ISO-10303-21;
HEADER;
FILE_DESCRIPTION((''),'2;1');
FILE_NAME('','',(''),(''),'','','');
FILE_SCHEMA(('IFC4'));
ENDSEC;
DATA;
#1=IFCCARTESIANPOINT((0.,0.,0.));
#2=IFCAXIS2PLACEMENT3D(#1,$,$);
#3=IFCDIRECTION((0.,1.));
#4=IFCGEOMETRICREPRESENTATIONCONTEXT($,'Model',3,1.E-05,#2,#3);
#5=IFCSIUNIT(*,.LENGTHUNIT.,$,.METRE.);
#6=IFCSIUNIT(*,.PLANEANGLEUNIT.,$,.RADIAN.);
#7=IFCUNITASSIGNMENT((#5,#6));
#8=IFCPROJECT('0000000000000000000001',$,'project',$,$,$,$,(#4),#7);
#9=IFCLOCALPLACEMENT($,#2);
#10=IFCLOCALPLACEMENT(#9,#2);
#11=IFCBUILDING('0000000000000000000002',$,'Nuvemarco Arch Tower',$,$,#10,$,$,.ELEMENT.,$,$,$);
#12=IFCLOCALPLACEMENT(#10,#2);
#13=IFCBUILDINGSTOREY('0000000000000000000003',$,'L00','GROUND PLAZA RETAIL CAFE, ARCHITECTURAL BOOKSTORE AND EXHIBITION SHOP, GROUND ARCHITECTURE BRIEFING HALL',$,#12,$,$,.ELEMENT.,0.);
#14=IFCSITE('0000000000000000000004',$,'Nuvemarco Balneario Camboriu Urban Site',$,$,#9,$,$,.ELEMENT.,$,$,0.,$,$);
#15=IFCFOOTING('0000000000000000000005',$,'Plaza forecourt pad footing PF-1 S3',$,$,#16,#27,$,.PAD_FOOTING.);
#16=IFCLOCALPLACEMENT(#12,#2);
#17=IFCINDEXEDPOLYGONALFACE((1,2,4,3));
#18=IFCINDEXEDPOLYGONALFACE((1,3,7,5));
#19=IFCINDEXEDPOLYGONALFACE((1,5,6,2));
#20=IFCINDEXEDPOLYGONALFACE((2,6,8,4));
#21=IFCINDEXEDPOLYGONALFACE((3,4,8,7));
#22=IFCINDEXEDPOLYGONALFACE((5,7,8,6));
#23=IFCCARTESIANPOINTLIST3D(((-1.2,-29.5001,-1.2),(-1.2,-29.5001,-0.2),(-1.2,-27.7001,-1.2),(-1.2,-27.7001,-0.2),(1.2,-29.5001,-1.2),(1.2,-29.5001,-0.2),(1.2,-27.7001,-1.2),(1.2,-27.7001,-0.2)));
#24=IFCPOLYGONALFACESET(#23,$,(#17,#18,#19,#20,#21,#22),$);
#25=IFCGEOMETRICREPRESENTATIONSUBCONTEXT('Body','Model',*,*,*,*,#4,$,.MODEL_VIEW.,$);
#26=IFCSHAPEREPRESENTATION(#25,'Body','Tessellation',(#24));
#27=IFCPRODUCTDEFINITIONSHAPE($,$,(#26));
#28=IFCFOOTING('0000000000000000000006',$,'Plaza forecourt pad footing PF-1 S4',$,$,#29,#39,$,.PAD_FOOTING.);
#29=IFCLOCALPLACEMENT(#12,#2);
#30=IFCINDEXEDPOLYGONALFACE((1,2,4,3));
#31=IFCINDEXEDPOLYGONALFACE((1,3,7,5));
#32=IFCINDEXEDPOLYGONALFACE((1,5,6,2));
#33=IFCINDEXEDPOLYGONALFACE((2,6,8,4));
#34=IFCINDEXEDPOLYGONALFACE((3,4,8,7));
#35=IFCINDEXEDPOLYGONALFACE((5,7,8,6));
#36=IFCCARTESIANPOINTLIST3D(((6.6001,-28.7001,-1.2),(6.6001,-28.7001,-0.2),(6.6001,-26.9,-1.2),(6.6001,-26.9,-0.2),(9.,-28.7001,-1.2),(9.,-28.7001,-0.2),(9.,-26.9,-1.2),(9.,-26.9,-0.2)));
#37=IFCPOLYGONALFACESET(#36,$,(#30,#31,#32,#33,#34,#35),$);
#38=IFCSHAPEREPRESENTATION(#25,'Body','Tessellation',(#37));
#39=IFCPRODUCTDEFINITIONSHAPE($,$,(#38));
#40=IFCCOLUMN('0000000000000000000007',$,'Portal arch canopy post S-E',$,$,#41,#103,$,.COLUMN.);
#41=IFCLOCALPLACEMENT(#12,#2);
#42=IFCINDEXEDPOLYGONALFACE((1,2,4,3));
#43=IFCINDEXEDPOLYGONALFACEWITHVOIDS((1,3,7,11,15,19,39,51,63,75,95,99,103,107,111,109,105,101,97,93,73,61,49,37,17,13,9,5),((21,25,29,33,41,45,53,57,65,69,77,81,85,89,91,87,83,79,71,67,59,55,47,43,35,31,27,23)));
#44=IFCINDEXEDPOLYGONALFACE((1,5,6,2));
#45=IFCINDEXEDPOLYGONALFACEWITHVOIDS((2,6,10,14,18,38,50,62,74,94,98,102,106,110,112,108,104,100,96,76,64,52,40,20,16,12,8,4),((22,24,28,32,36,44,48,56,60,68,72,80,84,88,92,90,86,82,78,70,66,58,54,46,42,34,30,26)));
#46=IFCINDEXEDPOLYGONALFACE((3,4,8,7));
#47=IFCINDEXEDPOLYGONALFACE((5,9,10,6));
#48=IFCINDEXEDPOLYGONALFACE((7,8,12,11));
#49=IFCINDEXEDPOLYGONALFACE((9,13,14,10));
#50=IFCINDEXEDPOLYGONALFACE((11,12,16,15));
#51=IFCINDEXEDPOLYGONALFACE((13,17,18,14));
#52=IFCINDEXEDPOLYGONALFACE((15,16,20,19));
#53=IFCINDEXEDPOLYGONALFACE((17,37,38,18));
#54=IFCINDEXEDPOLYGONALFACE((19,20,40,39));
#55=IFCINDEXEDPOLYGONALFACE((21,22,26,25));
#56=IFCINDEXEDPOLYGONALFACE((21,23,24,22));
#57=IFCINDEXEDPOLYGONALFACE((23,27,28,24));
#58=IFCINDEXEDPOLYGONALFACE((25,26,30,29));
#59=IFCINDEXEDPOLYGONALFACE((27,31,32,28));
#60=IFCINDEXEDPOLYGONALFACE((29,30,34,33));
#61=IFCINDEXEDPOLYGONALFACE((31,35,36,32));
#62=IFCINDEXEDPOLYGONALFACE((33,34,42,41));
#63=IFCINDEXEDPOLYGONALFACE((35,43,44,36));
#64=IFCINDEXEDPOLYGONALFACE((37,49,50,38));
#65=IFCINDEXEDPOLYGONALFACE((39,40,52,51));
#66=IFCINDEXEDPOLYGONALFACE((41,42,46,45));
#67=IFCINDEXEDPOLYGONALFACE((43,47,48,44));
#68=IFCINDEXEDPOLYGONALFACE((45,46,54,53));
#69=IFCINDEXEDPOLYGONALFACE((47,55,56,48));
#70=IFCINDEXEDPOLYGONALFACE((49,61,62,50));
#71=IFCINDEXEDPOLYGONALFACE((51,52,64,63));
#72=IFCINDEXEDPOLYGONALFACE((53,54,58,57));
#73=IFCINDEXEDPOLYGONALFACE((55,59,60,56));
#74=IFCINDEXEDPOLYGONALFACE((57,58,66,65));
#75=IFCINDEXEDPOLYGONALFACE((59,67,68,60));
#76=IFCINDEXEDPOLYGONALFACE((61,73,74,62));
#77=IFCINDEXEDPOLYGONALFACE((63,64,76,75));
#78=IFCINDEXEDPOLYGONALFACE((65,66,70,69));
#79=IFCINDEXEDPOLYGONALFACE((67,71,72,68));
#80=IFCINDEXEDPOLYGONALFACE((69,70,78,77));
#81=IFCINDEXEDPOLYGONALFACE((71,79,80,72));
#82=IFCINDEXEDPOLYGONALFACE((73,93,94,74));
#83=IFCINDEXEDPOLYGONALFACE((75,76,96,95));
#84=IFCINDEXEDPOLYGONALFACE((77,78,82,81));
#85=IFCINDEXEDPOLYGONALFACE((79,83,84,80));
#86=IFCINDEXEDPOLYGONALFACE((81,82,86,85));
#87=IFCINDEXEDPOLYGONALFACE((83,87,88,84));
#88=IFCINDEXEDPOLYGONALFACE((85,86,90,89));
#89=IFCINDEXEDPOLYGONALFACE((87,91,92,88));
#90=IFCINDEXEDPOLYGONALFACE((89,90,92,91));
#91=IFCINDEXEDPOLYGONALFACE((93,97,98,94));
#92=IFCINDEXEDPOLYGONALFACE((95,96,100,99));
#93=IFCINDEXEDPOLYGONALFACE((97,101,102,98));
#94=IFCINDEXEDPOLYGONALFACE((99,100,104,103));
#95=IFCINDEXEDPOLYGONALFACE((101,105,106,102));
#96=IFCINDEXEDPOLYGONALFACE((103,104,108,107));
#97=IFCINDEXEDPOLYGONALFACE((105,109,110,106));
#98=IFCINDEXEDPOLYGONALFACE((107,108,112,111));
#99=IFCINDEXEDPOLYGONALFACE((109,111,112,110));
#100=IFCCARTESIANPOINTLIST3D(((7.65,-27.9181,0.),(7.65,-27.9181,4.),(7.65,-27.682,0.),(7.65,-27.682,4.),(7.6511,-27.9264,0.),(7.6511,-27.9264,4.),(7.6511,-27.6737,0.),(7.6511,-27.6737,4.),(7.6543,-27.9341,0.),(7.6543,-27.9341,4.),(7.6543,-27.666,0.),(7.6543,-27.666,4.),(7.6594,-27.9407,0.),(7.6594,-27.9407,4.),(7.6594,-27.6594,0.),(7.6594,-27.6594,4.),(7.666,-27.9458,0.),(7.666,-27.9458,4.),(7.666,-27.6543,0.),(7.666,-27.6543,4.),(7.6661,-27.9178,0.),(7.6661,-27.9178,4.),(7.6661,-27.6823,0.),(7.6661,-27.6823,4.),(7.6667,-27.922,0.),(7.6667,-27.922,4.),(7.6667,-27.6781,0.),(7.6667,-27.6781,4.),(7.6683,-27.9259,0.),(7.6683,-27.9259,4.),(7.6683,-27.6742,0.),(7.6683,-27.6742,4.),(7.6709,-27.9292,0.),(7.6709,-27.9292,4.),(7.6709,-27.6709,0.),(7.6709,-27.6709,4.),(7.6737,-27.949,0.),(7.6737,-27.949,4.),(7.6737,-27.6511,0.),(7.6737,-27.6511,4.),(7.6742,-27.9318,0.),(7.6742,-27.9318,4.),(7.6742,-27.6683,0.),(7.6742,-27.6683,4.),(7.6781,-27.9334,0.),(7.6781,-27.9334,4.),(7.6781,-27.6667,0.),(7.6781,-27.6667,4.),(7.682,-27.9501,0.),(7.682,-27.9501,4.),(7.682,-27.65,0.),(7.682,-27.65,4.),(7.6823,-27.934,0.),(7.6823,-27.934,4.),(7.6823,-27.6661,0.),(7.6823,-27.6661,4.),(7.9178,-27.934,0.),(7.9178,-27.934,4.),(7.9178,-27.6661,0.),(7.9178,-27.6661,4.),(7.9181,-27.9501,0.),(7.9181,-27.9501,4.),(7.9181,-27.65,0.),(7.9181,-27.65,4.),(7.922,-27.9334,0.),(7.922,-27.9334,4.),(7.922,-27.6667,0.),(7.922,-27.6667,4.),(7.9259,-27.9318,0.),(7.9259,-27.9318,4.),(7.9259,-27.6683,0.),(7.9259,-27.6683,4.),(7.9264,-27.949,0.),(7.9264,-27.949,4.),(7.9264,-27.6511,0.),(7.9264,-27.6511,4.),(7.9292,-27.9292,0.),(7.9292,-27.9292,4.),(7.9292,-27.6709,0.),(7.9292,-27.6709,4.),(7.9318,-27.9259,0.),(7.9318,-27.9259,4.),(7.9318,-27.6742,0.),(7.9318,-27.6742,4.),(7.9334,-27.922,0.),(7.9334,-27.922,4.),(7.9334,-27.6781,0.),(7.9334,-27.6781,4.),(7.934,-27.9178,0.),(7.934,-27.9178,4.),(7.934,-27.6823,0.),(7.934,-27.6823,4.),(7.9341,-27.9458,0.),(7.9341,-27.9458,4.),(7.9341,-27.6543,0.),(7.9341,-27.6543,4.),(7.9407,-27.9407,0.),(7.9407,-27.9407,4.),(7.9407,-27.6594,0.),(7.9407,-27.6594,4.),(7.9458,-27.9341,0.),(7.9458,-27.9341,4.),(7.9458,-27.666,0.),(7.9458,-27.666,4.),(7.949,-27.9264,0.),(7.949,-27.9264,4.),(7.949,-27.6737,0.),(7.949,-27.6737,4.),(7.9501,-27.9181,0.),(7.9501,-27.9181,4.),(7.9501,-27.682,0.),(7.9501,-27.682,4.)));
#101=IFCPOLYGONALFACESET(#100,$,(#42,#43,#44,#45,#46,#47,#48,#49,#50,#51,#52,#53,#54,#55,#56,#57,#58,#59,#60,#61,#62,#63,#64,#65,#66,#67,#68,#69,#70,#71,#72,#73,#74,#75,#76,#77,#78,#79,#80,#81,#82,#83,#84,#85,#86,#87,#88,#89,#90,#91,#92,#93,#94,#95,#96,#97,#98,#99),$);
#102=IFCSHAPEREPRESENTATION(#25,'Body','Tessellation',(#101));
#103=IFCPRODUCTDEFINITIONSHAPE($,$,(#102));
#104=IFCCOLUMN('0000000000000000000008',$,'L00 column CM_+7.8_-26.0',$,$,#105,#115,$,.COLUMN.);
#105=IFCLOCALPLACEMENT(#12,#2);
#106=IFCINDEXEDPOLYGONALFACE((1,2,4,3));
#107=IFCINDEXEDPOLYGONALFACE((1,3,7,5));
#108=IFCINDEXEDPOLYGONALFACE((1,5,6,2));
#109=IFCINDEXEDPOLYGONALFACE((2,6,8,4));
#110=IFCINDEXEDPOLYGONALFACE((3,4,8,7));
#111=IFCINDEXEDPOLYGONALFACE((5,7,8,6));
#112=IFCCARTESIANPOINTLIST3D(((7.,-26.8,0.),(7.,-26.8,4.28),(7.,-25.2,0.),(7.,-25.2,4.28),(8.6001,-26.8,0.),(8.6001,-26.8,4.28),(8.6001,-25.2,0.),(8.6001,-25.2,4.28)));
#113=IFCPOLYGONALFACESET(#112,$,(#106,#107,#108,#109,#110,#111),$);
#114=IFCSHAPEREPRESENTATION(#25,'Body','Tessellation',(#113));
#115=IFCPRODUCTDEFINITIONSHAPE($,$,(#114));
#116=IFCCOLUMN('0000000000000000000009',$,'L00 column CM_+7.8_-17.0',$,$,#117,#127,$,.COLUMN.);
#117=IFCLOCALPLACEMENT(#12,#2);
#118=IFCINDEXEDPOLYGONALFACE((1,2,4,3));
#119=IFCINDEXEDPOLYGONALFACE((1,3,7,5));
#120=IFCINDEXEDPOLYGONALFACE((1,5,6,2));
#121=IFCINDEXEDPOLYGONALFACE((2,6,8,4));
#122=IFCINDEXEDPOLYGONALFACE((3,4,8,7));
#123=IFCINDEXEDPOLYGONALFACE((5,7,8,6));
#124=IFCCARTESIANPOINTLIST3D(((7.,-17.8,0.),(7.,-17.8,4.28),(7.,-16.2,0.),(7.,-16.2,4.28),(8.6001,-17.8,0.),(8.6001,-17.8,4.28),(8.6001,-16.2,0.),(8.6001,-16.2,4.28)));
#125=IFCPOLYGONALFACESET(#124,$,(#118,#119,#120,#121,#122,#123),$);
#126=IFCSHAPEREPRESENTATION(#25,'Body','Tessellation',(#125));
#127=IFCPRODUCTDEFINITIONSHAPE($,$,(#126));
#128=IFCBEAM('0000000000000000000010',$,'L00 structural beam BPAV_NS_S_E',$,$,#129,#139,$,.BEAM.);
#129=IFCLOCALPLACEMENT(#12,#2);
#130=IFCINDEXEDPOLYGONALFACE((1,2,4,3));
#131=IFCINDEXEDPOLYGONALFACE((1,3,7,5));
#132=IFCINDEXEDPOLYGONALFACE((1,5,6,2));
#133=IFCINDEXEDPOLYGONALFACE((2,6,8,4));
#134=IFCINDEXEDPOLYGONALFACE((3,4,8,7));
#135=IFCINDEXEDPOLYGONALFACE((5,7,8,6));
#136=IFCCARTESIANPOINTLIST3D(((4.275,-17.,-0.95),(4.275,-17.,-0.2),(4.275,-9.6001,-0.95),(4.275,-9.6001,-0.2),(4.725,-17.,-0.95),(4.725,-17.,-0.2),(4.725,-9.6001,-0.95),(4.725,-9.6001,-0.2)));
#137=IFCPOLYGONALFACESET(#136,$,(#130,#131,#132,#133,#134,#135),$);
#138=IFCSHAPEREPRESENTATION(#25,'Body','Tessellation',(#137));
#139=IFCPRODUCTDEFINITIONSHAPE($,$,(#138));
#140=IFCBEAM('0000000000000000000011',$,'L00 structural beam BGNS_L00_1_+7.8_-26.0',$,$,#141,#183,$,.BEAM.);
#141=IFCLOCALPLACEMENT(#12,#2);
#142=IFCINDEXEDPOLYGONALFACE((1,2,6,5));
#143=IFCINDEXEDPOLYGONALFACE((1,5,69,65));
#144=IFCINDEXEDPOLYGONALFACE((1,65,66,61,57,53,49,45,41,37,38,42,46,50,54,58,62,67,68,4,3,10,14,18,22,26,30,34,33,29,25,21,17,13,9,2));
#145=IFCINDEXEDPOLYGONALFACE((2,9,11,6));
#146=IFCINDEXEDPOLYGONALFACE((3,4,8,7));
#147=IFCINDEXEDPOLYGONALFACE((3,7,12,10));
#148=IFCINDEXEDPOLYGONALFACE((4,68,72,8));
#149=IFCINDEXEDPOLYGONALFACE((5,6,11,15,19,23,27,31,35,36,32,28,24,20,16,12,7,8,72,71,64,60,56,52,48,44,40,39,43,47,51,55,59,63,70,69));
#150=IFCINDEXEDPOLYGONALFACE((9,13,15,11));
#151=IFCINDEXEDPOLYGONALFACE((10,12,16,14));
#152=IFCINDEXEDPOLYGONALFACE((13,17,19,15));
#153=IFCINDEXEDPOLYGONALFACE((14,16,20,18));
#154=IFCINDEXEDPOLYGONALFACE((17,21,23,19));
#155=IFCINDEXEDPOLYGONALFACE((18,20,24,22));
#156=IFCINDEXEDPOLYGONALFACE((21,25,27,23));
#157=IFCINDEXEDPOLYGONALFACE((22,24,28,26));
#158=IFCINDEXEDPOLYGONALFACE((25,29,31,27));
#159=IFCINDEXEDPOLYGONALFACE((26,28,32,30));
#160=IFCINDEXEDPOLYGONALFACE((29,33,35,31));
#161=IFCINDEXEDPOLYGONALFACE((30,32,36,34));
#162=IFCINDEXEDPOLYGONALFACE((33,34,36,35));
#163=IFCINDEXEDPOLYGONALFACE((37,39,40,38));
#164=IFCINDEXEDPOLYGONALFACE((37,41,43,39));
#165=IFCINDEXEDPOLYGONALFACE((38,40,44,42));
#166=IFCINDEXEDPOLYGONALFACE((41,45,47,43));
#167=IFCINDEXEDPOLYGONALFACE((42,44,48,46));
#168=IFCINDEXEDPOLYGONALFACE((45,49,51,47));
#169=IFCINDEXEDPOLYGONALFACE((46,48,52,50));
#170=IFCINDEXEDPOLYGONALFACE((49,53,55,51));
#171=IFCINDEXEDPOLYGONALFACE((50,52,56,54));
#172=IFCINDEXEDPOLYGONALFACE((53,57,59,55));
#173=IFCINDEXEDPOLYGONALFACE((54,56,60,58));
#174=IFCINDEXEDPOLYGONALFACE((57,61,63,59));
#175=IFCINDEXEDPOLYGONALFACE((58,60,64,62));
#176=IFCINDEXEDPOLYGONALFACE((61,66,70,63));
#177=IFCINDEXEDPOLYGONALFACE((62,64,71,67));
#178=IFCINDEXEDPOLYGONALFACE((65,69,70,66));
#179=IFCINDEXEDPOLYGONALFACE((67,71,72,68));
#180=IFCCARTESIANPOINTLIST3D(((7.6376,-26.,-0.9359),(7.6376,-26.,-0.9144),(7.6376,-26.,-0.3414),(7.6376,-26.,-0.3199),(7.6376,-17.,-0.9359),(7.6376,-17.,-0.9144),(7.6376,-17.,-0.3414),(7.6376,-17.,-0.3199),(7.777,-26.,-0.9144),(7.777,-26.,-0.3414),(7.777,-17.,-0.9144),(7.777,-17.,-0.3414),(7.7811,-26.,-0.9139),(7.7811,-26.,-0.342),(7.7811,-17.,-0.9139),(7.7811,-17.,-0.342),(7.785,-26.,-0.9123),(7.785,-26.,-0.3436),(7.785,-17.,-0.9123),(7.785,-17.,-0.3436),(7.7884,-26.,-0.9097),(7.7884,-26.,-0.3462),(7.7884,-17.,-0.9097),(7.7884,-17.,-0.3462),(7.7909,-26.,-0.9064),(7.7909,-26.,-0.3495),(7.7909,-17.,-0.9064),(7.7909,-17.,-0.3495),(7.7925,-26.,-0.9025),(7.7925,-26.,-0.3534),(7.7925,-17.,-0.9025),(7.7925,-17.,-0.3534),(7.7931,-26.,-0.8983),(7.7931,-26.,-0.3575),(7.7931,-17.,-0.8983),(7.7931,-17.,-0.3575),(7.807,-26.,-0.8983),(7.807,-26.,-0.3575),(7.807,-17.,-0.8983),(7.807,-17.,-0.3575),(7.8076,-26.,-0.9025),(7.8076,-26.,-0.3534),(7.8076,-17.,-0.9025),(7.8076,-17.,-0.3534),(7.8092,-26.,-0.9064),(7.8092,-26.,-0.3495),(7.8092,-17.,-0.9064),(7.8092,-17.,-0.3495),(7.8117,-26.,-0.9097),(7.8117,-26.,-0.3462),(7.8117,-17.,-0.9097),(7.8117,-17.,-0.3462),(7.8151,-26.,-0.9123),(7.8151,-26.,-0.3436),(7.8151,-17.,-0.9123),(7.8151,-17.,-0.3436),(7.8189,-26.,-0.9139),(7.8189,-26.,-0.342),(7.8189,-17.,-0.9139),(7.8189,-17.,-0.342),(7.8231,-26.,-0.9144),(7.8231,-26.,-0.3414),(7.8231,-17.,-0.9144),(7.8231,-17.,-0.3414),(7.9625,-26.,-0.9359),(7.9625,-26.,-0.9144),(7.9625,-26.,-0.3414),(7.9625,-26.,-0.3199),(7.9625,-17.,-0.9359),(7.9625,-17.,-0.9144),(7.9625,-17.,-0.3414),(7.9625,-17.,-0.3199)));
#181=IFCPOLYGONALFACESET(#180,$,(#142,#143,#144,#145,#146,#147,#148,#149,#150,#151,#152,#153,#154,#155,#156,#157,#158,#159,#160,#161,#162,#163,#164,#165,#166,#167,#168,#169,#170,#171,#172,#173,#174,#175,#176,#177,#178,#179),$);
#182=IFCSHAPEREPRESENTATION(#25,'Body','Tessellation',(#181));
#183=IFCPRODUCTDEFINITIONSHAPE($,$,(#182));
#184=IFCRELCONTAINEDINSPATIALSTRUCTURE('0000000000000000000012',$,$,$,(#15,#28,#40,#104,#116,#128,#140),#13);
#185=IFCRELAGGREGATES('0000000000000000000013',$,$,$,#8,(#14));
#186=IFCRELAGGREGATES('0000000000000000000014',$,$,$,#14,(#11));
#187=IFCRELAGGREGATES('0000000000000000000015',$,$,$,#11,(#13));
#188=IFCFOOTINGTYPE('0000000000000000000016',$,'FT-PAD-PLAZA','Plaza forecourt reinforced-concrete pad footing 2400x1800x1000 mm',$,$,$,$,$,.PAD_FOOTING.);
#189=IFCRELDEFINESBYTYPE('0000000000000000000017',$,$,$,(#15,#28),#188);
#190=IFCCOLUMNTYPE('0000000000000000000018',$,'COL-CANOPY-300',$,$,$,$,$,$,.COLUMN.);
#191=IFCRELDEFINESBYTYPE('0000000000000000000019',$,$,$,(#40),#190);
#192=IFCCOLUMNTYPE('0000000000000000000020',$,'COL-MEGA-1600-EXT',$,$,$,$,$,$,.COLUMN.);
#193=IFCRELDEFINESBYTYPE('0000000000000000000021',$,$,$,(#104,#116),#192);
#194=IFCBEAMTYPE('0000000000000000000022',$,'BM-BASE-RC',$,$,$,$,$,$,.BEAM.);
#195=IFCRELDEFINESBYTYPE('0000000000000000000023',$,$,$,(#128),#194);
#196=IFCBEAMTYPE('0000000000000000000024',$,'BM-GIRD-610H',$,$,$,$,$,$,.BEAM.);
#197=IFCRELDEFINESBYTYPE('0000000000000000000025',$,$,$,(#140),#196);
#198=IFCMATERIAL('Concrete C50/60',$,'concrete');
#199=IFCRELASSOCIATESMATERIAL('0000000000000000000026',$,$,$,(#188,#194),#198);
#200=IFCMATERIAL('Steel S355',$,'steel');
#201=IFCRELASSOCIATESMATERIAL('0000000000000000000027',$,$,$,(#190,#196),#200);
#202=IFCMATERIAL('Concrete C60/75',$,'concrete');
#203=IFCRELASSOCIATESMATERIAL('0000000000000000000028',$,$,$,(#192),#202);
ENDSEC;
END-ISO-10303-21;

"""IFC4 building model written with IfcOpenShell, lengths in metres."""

from ifc_helpers import new_model, si_unit, direction, frame, origin, origin_2d, place, context, subcontext, project, spatial, rectangle, hollow_rectangle, i_section, extrude, source, transform, mapped, material, material_profile, profile_set, type_object, type_shapes, element, save


model = new_model("IFC4")

# Units and contexts
model_context = context("Model", 3, precision=1e-05, world=origin(), true_north=direction((0.0, 1.0)))
body_context = subcontext(model_context, "Body", "Model", "MODEL_VIEW")
ifc_project = project(units=[si_unit("LENGTHUNIT", "METRE"), si_unit("PLANEANGLEUNIT", "RADIAN")], contexts=[model_context])

# Site, building, storey
site_placement = place(None, origin())
site = spatial("IfcSite", under=ifc_project, at=site_placement, Name="Nuvemarco Balneario Camboriu Urban Site", CompositionType="ELEMENT", RefElevation=0.0)
building_placement = place(site_placement, origin())
building = spatial("IfcBuilding", under=site, at=building_placement, Name="Nuvemarco Arch Tower", CompositionType="ELEMENT")
storey_placement = place(building_placement, origin())
storey = spatial("IfcBuildingStorey", under=building, at=storey_placement, Name="L00", Description="GROUND PLAZA RETAIL CAFE, ARCHITECTURAL BOOKSTORE AND EXHIBITION SHOP, GROUND ARCHITECTURE BRIEFING HALL", CompositionType="ELEMENT", Elevation=0.0)

# Footings
ifc_material_1 = material(Name="Concrete C50/60", Category="concrete")
footing_type = type_object("IfcFootingType", Name="FT-PAD-PLAZA", Description="Plaza forecourt reinforced-concrete pad footing 2400x1800x1000 mm", PredefinedType="PAD_FOOTING", material=ifc_material_1)
shared_shape_1 = source(origin(), body_context, "Body", "SweptSolid", [
    extrude(rectangle(XDim=2.3999, YDim=1.8, at=origin_2d()), origin(), (0.0, 0.0, 1.0), 1.0),
])
type_shapes(footing_type, [shared_shape_1])
for number, where, z_axis, x_axis, name in (
    (1, (0.0, -28.6001, -1.2), (0.0, 0.0, 1.0), (1.0, 0.0, 0.0), "Plaza forecourt pad footing PF-1 S3"),
    (2, (7.8, -27.8, -1.2), (0.0, 0.0, 1.0), (1.0, 0.0, 0.0), "Plaza forecourt pad footing PF-1 S4"),
):
    element("IfcFooting", number, at=place(storey_placement, frame(where, z_axis=z_axis, x_axis=x_axis)), inside=storey, type_object=footing_type, Name=name, PredefinedType="PAD_FOOTING", context=body_context, shape_type="MappedRepresentation", body=[
        mapped(shared_shape_1, transform((0.0, 0.0, 0.0), scale=1.0)),
    ])

# Columns
ifc_material_2 = material(Name="Steel S355", Category="steel")
ifc_material_profile_1 = material_profile(ifc_material_2, hollow_rectangle(XDim=0.3, YDim=0.3, WallThickness=0.0161, InnerFilletRadius=0.0161, OuterFilletRadius=0.032, at=origin_2d()), Name="SHS300x300x16")
ifc_profile_set_1 = profile_set([ifc_material_profile_1], Name="Steel S355")
column_type_1 = type_object("IfcColumnType", Name="COL-CANOPY-300", PredefinedType="COLUMN", material=ifc_profile_set_1)
column_placement = place(storey_placement, frame((7.8, -27.8, 0.0), z_axis=(0.0, 0.0, 1.0), x_axis=(1.0, 0.0, 0.0)))
element("IfcColumn", 3, at=column_placement, inside=storey, type_object=column_type_1, Name="Portal arch canopy post S-E", PredefinedType="COLUMN", context=body_context, shape_type="SweptSolid", body=[
    extrude(hollow_rectangle(XDim=0.3, YDim=0.3, WallThickness=0.0161, InnerFilletRadius=0.0161, OuterFilletRadius=0.032, at=origin_2d()), origin(), (0.0, 0.0, 1.0), 4.0),
])
ifc_material_3 = material(Name="Concrete C60/75", Category="concrete")
ifc_material_profile_2 = material_profile(ifc_material_3, rectangle(XDim=1.6001, YDim=1.6001, at=origin_2d()), Name="RC-COL-1600x1600")
ifc_profile_set_2 = profile_set([ifc_material_profile_2], Name="Concrete C60/75")
column_type_2 = type_object("IfcColumnType", Name="COL-MEGA-1600-EXT", PredefinedType="COLUMN", material=ifc_profile_set_2)
for number, where, z_axis, x_axis, name in (
    (4, (7.8, -26.0, 0.0), (0.0, 0.0, 1.0), (1.0, 0.0, 0.0), "L00 column CM_+7.8_-26.0"),
    (5, (7.8, -17.0, 0.0), (0.0, 0.0, 1.0), (1.0, 0.0, 0.0), "L00 column CM_+7.8_-17.0"),
):
    element("IfcColumn", number, at=place(storey_placement, frame(where, z_axis=z_axis, x_axis=x_axis)), inside=storey, type_object=column_type_2, Name=name, PredefinedType="COLUMN", context=body_context, shape_type="SweptSolid", body=[
        extrude(rectangle(XDim=1.6001, YDim=1.6001, at=origin_2d()), origin(), (0.0, 0.0, 1.0), 4.28),
    ])

# Beams
ifc_material_profile_3 = material_profile(ifc_material_1, rectangle(XDim=0.45, YDim=0.75, at=origin_2d()), Name="RC-BM-450x750")
ifc_profile_set_3 = profile_set([ifc_material_profile_3], Name="Concrete C50/60")
beam_type_1 = type_object("IfcBeamType", Name="BM-BASE-RC", PredefinedType="BEAM", material=ifc_profile_set_3)
beam_1_placement = place(storey_placement, frame((4.5, -17.0, -0.575), z_axis=(0.0, 1.0, 0.0), x_axis=(-1.0, 0.0, 0.0)))
element("IfcBeam", 6, at=beam_1_placement, inside=storey, type_object=beam_type_1, Name="L00 structural beam BPAV_NS_S_E", PredefinedType="BEAM", context=body_context, shape_type="SweptSolid", body=[
    extrude(rectangle(XDim=0.45, YDim=0.75, at=origin_2d()), origin(), (0.0, 0.0, 1.0), 7.3999),
])
ifc_material_profile_4 = material_profile(ifc_material_2, i_section(OverallWidth=0.325, OverallDepth=0.616, WebThickness=0.0139, FlangeThickness=0.0215, FilletRadius=0.0161, at=origin_2d()), Name="W610x174")
ifc_profile_set_4 = profile_set([ifc_material_profile_4], Name="Steel S355")
beam_type_2 = type_object("IfcBeamType", Name="BM-GIRD-610H", PredefinedType="BEAM", material=ifc_profile_set_4)
beam_2_placement = place(storey_placement, frame((7.8, -26.0, -0.6279), z_axis=(0.0, 1.0, 0.0), x_axis=(-1.0, 0.0, 0.0)))
element("IfcBeam", 7, at=beam_2_placement, inside=storey, type_object=beam_type_2, Name="L00 structural beam BGNS_L00_1_+7.8_-26.0", PredefinedType="BEAM", context=body_context, shape_type="SweptSolid", body=[
    extrude(i_section(OverallWidth=0.325, OverallDepth=0.616, WebThickness=0.0139, FlangeThickness=0.0215, FilletRadius=0.0161, at=origin_2d()), origin(), (0.0, 0.0, 1.0), 9.0),
])

save(model, "model.ifc")
